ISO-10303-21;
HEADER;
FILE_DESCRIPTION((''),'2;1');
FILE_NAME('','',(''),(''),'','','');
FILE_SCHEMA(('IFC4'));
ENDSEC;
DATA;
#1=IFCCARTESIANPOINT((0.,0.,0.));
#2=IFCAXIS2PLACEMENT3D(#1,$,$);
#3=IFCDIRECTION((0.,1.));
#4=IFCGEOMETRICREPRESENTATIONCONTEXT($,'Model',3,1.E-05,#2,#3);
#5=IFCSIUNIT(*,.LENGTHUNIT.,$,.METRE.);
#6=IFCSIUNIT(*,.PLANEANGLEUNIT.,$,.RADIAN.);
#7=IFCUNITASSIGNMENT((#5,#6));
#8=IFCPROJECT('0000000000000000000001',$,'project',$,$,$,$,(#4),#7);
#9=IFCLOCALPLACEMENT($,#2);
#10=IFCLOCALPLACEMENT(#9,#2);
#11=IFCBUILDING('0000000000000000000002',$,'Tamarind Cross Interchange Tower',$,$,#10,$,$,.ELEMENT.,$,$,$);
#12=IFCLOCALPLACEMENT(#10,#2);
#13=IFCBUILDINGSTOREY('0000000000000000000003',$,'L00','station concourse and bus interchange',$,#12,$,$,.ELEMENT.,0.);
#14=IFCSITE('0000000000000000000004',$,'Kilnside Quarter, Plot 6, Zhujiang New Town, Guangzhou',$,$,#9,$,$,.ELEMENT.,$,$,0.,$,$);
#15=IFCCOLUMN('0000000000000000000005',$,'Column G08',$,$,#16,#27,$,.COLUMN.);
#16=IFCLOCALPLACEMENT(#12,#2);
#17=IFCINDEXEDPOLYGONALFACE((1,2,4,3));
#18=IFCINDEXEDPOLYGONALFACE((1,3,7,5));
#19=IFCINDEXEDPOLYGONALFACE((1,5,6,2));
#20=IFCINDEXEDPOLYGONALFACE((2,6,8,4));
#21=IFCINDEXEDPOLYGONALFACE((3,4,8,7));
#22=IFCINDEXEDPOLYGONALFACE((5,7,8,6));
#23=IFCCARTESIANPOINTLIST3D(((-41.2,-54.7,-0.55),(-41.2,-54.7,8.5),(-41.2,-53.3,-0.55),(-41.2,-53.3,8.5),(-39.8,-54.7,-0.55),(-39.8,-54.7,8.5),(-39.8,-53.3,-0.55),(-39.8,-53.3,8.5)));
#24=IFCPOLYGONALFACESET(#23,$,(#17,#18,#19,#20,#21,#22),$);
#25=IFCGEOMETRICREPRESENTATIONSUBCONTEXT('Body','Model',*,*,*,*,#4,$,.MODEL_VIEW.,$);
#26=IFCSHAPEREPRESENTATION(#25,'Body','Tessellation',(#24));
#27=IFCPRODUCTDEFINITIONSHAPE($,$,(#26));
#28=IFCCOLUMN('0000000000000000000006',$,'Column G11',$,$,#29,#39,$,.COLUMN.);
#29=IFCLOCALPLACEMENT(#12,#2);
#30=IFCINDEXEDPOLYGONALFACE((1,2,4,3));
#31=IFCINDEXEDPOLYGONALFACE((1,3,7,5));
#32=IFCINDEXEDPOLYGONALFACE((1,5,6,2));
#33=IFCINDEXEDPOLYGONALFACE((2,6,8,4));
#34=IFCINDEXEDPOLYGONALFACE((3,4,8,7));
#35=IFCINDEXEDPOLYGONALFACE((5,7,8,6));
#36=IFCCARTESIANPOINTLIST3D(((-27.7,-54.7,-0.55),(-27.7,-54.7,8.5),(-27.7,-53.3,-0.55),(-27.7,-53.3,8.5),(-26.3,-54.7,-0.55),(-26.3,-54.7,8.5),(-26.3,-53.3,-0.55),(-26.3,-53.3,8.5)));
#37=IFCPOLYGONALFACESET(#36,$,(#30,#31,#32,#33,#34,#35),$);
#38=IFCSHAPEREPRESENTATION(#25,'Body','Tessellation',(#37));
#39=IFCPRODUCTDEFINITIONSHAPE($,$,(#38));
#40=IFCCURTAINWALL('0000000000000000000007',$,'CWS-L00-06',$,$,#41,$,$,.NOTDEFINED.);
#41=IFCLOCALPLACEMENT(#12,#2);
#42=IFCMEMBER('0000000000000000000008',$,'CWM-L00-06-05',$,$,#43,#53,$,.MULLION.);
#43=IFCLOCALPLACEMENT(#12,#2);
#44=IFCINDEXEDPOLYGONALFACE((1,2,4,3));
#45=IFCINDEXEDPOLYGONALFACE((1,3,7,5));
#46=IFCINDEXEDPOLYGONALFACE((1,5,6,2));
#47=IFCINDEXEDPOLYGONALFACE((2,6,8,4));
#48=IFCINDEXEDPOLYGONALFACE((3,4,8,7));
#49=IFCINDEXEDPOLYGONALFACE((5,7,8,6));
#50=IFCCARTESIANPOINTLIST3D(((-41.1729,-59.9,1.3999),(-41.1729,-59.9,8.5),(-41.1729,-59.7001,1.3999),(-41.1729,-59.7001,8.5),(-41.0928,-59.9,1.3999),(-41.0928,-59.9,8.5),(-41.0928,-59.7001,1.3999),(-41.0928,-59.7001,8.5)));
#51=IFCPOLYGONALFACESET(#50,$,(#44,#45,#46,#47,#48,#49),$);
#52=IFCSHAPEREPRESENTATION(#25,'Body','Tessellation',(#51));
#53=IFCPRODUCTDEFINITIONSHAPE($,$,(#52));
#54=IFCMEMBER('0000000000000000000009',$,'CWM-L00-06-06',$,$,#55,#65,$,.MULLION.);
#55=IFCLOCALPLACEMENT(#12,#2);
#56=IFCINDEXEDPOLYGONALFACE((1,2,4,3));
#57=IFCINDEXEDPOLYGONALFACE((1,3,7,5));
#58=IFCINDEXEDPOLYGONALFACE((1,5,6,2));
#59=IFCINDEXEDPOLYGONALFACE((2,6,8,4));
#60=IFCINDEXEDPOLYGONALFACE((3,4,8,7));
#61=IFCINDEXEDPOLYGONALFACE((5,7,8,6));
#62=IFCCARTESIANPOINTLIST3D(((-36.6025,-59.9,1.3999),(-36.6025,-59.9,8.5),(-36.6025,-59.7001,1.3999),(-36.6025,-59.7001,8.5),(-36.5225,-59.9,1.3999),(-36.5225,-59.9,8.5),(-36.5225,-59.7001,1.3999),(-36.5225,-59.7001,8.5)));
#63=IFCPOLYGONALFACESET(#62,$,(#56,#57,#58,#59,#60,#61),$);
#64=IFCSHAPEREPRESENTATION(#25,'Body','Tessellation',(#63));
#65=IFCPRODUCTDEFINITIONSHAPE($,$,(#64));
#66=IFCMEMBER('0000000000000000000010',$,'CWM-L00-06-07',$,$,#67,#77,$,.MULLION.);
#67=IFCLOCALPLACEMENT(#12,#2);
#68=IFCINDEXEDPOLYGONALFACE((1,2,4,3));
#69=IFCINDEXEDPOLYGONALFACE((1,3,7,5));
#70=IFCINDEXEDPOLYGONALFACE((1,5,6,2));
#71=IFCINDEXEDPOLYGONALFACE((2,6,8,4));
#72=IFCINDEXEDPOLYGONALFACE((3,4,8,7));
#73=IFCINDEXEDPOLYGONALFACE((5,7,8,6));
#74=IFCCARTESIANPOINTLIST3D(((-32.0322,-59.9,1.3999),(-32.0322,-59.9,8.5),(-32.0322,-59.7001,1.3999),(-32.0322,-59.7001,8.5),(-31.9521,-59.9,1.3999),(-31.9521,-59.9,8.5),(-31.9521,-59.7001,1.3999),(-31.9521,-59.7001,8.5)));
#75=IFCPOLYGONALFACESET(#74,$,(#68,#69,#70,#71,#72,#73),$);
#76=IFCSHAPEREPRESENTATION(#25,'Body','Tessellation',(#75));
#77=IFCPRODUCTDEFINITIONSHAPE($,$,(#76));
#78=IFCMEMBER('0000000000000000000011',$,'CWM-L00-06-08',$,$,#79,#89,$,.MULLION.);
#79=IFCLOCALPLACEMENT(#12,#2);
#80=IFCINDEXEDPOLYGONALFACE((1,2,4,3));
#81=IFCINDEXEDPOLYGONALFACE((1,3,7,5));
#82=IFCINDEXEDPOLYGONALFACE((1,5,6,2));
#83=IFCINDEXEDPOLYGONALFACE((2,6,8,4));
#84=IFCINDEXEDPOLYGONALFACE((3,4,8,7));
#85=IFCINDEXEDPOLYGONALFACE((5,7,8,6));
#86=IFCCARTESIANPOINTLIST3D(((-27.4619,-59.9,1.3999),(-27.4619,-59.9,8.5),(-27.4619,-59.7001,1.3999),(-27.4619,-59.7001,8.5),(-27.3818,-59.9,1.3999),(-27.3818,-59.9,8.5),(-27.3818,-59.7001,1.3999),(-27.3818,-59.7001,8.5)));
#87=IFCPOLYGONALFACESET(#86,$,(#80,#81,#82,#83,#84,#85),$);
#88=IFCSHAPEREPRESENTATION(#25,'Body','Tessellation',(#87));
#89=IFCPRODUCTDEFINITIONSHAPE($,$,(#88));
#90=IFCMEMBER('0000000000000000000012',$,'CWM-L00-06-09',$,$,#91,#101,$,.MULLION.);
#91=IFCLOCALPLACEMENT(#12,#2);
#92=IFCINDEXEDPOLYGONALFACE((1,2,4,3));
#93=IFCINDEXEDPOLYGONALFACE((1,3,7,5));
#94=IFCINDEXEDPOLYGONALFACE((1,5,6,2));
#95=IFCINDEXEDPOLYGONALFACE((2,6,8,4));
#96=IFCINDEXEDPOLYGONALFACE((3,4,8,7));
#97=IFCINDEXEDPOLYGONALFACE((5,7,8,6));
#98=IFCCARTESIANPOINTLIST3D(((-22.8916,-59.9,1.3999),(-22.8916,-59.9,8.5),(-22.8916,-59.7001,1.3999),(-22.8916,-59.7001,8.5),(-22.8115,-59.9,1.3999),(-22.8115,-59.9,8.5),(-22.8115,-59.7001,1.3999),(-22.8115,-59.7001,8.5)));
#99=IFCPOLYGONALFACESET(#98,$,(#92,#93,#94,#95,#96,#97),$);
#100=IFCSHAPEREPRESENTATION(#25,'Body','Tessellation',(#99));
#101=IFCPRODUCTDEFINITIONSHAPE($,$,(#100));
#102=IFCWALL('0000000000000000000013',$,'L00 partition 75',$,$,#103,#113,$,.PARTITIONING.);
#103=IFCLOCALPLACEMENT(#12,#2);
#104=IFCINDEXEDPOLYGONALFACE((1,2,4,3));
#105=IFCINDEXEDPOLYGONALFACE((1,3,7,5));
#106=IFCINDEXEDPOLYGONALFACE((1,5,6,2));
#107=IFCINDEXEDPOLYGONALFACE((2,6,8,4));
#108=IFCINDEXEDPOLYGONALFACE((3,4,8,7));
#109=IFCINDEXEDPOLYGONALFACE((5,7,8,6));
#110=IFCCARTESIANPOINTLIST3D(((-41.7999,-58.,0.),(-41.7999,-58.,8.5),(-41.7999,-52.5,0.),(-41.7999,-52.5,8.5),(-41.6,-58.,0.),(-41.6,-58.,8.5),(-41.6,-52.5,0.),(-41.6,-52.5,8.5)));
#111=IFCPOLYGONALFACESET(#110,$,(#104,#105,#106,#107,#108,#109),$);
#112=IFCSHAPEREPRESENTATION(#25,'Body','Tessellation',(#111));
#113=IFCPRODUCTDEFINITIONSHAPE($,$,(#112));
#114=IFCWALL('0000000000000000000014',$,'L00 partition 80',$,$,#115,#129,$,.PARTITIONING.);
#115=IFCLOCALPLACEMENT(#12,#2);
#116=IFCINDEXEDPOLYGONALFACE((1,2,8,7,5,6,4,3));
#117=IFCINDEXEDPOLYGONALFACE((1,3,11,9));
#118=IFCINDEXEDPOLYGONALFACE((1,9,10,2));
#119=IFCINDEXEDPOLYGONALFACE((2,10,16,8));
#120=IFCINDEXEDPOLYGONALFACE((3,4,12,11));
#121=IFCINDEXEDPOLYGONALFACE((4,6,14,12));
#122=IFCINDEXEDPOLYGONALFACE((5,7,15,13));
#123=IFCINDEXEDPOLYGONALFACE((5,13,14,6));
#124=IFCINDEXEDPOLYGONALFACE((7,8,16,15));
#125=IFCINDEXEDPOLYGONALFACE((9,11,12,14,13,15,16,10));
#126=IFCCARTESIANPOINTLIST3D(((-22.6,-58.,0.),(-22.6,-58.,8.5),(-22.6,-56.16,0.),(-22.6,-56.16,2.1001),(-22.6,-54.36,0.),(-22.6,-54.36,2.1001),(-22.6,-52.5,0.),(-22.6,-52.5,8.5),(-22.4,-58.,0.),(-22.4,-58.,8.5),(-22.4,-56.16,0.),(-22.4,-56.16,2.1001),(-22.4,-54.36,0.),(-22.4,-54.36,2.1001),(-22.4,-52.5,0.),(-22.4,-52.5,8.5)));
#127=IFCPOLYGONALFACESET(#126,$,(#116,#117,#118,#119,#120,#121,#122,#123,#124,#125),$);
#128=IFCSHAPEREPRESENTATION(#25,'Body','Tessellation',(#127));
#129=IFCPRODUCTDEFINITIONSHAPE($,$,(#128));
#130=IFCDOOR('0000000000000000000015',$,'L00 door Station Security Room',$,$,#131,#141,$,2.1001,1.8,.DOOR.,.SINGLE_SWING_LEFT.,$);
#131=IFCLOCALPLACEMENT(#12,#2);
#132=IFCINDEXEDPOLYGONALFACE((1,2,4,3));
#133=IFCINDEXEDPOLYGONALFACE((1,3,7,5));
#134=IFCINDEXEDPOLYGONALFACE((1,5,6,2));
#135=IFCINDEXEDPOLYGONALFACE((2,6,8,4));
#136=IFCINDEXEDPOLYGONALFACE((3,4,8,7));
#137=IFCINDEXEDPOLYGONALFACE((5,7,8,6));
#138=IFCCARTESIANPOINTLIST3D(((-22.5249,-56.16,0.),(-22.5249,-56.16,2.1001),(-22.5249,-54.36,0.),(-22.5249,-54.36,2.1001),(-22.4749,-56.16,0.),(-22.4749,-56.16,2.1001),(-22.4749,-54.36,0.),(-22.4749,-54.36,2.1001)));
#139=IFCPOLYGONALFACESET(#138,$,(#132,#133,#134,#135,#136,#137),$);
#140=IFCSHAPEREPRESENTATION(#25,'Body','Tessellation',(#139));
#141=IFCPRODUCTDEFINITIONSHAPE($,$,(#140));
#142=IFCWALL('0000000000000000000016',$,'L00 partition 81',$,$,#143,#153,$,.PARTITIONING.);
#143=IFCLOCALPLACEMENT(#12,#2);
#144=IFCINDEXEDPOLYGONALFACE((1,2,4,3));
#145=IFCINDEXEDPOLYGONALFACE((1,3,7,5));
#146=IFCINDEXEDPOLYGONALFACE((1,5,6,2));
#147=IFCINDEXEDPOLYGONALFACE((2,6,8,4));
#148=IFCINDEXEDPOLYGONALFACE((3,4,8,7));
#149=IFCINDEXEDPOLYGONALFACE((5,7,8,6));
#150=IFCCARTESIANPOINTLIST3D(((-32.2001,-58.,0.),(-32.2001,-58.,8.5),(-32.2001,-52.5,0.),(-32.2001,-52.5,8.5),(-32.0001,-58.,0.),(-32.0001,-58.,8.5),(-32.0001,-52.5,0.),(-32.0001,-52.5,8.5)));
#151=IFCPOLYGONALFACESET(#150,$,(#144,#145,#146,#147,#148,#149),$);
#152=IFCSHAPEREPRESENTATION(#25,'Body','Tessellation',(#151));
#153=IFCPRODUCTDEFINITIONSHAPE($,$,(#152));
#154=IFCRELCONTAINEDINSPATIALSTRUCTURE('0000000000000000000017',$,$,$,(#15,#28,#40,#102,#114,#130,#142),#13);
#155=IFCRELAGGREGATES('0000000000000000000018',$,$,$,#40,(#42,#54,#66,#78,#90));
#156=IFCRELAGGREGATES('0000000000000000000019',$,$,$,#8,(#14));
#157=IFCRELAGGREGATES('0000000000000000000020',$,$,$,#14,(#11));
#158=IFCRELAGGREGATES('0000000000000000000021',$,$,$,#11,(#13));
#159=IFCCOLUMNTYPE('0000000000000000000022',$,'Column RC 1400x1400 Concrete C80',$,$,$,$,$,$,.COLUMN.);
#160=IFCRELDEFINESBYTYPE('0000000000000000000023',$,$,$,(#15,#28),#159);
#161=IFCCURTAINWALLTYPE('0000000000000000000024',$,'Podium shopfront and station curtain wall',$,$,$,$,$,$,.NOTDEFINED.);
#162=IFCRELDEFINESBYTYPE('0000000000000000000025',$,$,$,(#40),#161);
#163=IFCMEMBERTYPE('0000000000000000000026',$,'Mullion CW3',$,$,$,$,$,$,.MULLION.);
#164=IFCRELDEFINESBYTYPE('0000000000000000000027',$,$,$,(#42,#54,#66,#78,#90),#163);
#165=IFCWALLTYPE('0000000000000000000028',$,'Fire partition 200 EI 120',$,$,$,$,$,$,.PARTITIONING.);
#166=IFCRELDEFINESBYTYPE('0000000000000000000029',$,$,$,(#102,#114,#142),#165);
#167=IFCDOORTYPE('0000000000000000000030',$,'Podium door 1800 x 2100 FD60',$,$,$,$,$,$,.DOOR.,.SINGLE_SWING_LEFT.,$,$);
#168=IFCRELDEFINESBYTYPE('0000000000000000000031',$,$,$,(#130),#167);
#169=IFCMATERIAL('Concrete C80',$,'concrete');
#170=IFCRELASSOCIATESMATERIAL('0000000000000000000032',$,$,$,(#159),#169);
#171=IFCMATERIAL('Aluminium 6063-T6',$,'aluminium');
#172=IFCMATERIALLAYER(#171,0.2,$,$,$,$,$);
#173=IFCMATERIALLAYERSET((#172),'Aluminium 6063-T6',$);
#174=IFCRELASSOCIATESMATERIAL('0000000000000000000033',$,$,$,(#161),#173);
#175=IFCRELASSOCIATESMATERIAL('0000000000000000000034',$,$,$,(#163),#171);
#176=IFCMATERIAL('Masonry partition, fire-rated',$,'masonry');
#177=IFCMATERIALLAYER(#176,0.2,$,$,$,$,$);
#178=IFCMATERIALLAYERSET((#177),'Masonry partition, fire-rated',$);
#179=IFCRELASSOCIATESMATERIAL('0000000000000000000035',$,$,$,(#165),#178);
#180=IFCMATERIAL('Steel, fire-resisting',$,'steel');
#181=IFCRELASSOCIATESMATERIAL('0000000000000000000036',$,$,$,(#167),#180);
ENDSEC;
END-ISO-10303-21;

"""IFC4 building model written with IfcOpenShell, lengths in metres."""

from ifc_helpers import new_model, si_unit, direction, frame, frame_2d, origin, origin_2d, place, context, subcontext, project, spatial, rectangle, extrude, material, layer, layer_set, material_profile, profile_set, type_object, element, fill, aggregate, save


model = new_model("IFC4")

# Units and contexts
model_context = context("Model", 3, precision=1e-05, world=origin(), true_north=direction((0.0, 1.0)))
body_context = subcontext(model_context, "Body", "Model", "MODEL_VIEW")
ifc_project = project(units=[si_unit("LENGTHUNIT", "METRE"), si_unit("PLANEANGLEUNIT", "RADIAN")], contexts=[model_context])

# Site, building, storey
site_placement = place(None, origin())
site = spatial("IfcSite", under=ifc_project, at=site_placement, Name="Kilnside Quarter, Plot 6, Zhujiang New Town, Guangzhou", CompositionType="ELEMENT", RefElevation=0.0)
building_placement = place(site_placement, origin())
building = spatial("IfcBuilding", under=site, at=building_placement, Name="Tamarind Cross Interchange Tower", CompositionType="ELEMENT")
storey_placement = place(building_placement, origin())
storey = spatial("IfcBuildingStorey", under=building, at=storey_placement, Name="L00", Description="station concourse and bus interchange", CompositionType="ELEMENT", Elevation=0.0)

# Columns
ifc_material_1 = material(Name="Concrete C80", Category="concrete")
ifc_material_profile_1 = material_profile(ifc_material_1, rectangle(XDim=1.3999, YDim=1.3999, at=origin_2d()), Name="RC 1400x1400")
ifc_profile_set_1 = profile_set([ifc_material_profile_1], Name="Concrete C80")
column_type = type_object("IfcColumnType", Name="Column RC 1400x1400 Concrete C80", PredefinedType="COLUMN", material=ifc_profile_set_1)
for number, where, z_axis, x_axis, name in (
    (1, (-40.5, -54.0, -0.55), (0.0, 0.0, 1.0), (1.0, 0.0, 0.0), "Column G08"),
    (2, (-27.0, -54.0, -0.55), (0.0, 0.0, 1.0), (1.0, 0.0, 0.0), "Column G11"),
):
    element("IfcColumn", number, at=place(storey_placement, frame(where, z_axis=z_axis, x_axis=x_axis)), inside=storey, type_object=column_type, Name=name, PredefinedType="COLUMN", context=body_context, shape_type="SweptSolid", body=[
        extrude(rectangle(XDim=1.3999, YDim=1.3999, at=origin_2d()), origin(), (0.0, 0.0, 1.0), 9.05),
    ])

# Curtain wall, members
ifc_material_2 = material(Name="Aluminium 6063-T6", Category="aluminium")
ifc_layer_1 = layer(ifc_material_2, 0.2)
ifc_layer_set_1 = layer_set([ifc_layer_1], Name="Aluminium 6063-T6")
curtain_wall_type = type_object("IfcCurtainWallType", Name="Podium shopfront and station curtain wall", PredefinedType="NOTDEFINED", material=ifc_layer_set_1)
curtain_wall_placement = place(storey_placement, origin())
curtain_wall = element("IfcCurtainWall", 3, at=curtain_wall_placement, inside=storey, type_object=curtain_wall_type, Name="CWS-L00-06", PredefinedType="NOTDEFINED")
ifc_material_profile_2 = material_profile(ifc_material_2, rectangle(XDim=0.0801, YDim=0.2, at=origin_2d()), Name="Mullion CW3")
ifc_profile_set_2 = profile_set([ifc_material_profile_2], Name="Aluminium 6063-T6")
member_type = type_object("IfcMemberType", Name="Mullion CW3", PredefinedType="MULLION", material=ifc_profile_set_2)
member_1_placement = place(storey_placement, frame((-41.1328, -59.8, 1.3999), z_axis=(0.0, 0.0, 1.0), x_axis=(1.0, 0.0, 0.0)))
member_1 = element("IfcMember", 4, at=member_1_placement, type_object=member_type, Name="CWM-L00-06-05", PredefinedType="MULLION", context=body_context, shape_type="SweptSolid", body=[
    extrude(rectangle(XDim=0.0801, YDim=0.2, at=origin_2d()), origin(), (0.0, 0.0, 1.0), 7.1001),
])
member_2_placement = place(storey_placement, frame((-36.5625, -59.8, 1.3999), z_axis=(0.0, 0.0, 1.0), x_axis=(1.0, 0.0, 0.0)))
member_2 = element("IfcMember", 5, at=member_2_placement, type_object=member_type, Name="CWM-L00-06-06", PredefinedType="MULLION", context=body_context, shape_type="SweptSolid", body=[
    extrude(rectangle(XDim=0.0801, YDim=0.2, at=origin_2d()), origin(), (0.0, 0.0, 1.0), 7.1001),
])
member_3_placement = place(storey_placement, frame((-31.9922, -59.8, 1.3999), z_axis=(0.0, 0.0, 1.0), x_axis=(1.0, 0.0, 0.0)))
member_3 = element("IfcMember", 6, at=member_3_placement, type_object=member_type, Name="CWM-L00-06-07", PredefinedType="MULLION", context=body_context, shape_type="SweptSolid", body=[
    extrude(rectangle(XDim=0.0801, YDim=0.2, at=origin_2d()), origin(), (0.0, 0.0, 1.0), 7.1001),
])
member_4_placement = place(storey_placement, frame((-27.4219, -59.8, 1.3999), z_axis=(0.0, 0.0, 1.0), x_axis=(1.0, 0.0, 0.0)))
member_4 = element("IfcMember", 7, at=member_4_placement, type_object=member_type, Name="CWM-L00-06-08", PredefinedType="MULLION", context=body_context, shape_type="SweptSolid", body=[
    extrude(rectangle(XDim=0.0801, YDim=0.2, at=origin_2d()), origin(), (0.0, 0.0, 1.0), 7.1001),
])
member_5_placement = place(storey_placement, frame((-22.8516, -59.8, 1.3999), z_axis=(0.0, 0.0, 1.0), x_axis=(1.0, 0.0, 0.0)))
member_5 = element("IfcMember", 8, at=member_5_placement, type_object=member_type, Name="CWM-L00-06-09", PredefinedType="MULLION", context=body_context, shape_type="SweptSolid", body=[
    extrude(rectangle(XDim=0.0801, YDim=0.2, at=origin_2d()), origin(), (0.0, 0.0, 1.0), 7.1001),
])
aggregate(curtain_wall, [member_1, member_2, member_3, member_4, member_5])

# Wall
ifc_material_3 = material(Name="Masonry partition, fire-rated", Category="masonry")
ifc_layer_2 = layer(ifc_material_3, 0.2)
ifc_layer_set_2 = layer_set([ifc_layer_2], Name="Masonry partition, fire-rated")
wall_type_1 = type_object("IfcWallType", Name="Fire partition 200 EI 120", PredefinedType="PARTITIONING", material=ifc_layer_set_2)
wall_1_placement = place(storey_placement, frame((-41.7, -58.0, 0.0), z_axis=(0.0, 0.0, 1.0), x_axis=(0.0, 1.0, 0.0)))
element("IfcWall", 9, at=wall_1_placement, inside=storey, type_object=wall_type_1, Name="L00 partition 75", PredefinedType="PARTITIONING", context=body_context, shape_type="SweptSolid", body=[
    extrude(rectangle(XDim=5.5, YDim=0.2, at=frame_2d((2.75, 0.0))), origin(), (0.0, 0.0, 1.0), 8.5),
])

# Wall, opening, door
wall_2_placement = place(storey_placement, frame((-22.5, -58.0, 0.0), z_axis=(0.0, 0.0, 1.0), x_axis=(0.0, 1.0, 0.0)))
wall_2 = element("IfcWall", 10, at=wall_2_placement, inside=storey, type_object=wall_type_1, Name="L00 partition 80", PredefinedType="PARTITIONING", context=body_context, shape_type="SweptSolid", body=[
    extrude(rectangle(XDim=5.5, YDim=0.2, at=frame_2d((2.75, 0.0))), origin(), (0.0, 0.0, 1.0), 8.5),
])
opening_1_placement = place(wall_2_placement, frame((1.8401, 0.0, 0.0)))
opening_1 = element("IfcOpeningElement", 11, at=opening_1_placement, cuts=wall_2, PredefinedType="OPENING", context=body_context, shape_type="SweptSolid", body=[
    extrude(rectangle(XDim=1.8, YDim=2.1001, at=frame_2d((0.8999, 1.05))), frame((0.0, 0.1099, 0.0), z_axis=(0.0, -1.0, 0.0), x_axis=(1.0, 0.0, 0.0)), (0.0, 0.0, 1.0), 0.22),
])
ifc_material_4 = material(Name="Steel, fire-resisting", Category="steel")
door_type_1 = type_object("IfcDoorType", Name="Podium door 1800 x 2100 FD60", OperationType="SINGLE_SWING_LEFT", PredefinedType="DOOR", material=ifc_material_4)
door_1_placement = place(opening_1_placement, origin())
door_1 = element("IfcDoor", 12, at=door_1_placement, inside=storey, type_object=door_type_1, Name="L00 door Station Security Room", OperationType="SINGLE_SWING_LEFT", OverallHeight=2.1001, OverallWidth=1.8, PredefinedType="DOOR", context=body_context, shape_type="SweptSolid", body=[
    extrude(rectangle(XDim=1.8, YDim=2.1001, at=frame_2d((0.8999, 1.05))), frame((0.0, 0.0249, 0.0), z_axis=(0.0, -1.0, 0.0), x_axis=(1.0, 0.0, 0.0)), (0.0, 0.0, 1.0), 0.05),
])
fill(opening_1, door_1)

# Wall
wall_3_placement = place(storey_placement, frame((-32.1001, -58.0, 0.0), z_axis=(0.0, 0.0, 1.0), x_axis=(0.0, 1.0, 0.0)))
element("IfcWall", 13, at=wall_3_placement, inside=storey, type_object=wall_type_1, Name="L00 partition 81", PredefinedType="PARTITIONING", context=body_context, shape_type="SweptSolid", body=[
    extrude(rectangle(XDim=5.5, YDim=0.2, at=frame_2d((2.75, 0.0))), origin(), (0.0, 0.0, 1.0), 8.5),
])

save(model, "model.ifc")
